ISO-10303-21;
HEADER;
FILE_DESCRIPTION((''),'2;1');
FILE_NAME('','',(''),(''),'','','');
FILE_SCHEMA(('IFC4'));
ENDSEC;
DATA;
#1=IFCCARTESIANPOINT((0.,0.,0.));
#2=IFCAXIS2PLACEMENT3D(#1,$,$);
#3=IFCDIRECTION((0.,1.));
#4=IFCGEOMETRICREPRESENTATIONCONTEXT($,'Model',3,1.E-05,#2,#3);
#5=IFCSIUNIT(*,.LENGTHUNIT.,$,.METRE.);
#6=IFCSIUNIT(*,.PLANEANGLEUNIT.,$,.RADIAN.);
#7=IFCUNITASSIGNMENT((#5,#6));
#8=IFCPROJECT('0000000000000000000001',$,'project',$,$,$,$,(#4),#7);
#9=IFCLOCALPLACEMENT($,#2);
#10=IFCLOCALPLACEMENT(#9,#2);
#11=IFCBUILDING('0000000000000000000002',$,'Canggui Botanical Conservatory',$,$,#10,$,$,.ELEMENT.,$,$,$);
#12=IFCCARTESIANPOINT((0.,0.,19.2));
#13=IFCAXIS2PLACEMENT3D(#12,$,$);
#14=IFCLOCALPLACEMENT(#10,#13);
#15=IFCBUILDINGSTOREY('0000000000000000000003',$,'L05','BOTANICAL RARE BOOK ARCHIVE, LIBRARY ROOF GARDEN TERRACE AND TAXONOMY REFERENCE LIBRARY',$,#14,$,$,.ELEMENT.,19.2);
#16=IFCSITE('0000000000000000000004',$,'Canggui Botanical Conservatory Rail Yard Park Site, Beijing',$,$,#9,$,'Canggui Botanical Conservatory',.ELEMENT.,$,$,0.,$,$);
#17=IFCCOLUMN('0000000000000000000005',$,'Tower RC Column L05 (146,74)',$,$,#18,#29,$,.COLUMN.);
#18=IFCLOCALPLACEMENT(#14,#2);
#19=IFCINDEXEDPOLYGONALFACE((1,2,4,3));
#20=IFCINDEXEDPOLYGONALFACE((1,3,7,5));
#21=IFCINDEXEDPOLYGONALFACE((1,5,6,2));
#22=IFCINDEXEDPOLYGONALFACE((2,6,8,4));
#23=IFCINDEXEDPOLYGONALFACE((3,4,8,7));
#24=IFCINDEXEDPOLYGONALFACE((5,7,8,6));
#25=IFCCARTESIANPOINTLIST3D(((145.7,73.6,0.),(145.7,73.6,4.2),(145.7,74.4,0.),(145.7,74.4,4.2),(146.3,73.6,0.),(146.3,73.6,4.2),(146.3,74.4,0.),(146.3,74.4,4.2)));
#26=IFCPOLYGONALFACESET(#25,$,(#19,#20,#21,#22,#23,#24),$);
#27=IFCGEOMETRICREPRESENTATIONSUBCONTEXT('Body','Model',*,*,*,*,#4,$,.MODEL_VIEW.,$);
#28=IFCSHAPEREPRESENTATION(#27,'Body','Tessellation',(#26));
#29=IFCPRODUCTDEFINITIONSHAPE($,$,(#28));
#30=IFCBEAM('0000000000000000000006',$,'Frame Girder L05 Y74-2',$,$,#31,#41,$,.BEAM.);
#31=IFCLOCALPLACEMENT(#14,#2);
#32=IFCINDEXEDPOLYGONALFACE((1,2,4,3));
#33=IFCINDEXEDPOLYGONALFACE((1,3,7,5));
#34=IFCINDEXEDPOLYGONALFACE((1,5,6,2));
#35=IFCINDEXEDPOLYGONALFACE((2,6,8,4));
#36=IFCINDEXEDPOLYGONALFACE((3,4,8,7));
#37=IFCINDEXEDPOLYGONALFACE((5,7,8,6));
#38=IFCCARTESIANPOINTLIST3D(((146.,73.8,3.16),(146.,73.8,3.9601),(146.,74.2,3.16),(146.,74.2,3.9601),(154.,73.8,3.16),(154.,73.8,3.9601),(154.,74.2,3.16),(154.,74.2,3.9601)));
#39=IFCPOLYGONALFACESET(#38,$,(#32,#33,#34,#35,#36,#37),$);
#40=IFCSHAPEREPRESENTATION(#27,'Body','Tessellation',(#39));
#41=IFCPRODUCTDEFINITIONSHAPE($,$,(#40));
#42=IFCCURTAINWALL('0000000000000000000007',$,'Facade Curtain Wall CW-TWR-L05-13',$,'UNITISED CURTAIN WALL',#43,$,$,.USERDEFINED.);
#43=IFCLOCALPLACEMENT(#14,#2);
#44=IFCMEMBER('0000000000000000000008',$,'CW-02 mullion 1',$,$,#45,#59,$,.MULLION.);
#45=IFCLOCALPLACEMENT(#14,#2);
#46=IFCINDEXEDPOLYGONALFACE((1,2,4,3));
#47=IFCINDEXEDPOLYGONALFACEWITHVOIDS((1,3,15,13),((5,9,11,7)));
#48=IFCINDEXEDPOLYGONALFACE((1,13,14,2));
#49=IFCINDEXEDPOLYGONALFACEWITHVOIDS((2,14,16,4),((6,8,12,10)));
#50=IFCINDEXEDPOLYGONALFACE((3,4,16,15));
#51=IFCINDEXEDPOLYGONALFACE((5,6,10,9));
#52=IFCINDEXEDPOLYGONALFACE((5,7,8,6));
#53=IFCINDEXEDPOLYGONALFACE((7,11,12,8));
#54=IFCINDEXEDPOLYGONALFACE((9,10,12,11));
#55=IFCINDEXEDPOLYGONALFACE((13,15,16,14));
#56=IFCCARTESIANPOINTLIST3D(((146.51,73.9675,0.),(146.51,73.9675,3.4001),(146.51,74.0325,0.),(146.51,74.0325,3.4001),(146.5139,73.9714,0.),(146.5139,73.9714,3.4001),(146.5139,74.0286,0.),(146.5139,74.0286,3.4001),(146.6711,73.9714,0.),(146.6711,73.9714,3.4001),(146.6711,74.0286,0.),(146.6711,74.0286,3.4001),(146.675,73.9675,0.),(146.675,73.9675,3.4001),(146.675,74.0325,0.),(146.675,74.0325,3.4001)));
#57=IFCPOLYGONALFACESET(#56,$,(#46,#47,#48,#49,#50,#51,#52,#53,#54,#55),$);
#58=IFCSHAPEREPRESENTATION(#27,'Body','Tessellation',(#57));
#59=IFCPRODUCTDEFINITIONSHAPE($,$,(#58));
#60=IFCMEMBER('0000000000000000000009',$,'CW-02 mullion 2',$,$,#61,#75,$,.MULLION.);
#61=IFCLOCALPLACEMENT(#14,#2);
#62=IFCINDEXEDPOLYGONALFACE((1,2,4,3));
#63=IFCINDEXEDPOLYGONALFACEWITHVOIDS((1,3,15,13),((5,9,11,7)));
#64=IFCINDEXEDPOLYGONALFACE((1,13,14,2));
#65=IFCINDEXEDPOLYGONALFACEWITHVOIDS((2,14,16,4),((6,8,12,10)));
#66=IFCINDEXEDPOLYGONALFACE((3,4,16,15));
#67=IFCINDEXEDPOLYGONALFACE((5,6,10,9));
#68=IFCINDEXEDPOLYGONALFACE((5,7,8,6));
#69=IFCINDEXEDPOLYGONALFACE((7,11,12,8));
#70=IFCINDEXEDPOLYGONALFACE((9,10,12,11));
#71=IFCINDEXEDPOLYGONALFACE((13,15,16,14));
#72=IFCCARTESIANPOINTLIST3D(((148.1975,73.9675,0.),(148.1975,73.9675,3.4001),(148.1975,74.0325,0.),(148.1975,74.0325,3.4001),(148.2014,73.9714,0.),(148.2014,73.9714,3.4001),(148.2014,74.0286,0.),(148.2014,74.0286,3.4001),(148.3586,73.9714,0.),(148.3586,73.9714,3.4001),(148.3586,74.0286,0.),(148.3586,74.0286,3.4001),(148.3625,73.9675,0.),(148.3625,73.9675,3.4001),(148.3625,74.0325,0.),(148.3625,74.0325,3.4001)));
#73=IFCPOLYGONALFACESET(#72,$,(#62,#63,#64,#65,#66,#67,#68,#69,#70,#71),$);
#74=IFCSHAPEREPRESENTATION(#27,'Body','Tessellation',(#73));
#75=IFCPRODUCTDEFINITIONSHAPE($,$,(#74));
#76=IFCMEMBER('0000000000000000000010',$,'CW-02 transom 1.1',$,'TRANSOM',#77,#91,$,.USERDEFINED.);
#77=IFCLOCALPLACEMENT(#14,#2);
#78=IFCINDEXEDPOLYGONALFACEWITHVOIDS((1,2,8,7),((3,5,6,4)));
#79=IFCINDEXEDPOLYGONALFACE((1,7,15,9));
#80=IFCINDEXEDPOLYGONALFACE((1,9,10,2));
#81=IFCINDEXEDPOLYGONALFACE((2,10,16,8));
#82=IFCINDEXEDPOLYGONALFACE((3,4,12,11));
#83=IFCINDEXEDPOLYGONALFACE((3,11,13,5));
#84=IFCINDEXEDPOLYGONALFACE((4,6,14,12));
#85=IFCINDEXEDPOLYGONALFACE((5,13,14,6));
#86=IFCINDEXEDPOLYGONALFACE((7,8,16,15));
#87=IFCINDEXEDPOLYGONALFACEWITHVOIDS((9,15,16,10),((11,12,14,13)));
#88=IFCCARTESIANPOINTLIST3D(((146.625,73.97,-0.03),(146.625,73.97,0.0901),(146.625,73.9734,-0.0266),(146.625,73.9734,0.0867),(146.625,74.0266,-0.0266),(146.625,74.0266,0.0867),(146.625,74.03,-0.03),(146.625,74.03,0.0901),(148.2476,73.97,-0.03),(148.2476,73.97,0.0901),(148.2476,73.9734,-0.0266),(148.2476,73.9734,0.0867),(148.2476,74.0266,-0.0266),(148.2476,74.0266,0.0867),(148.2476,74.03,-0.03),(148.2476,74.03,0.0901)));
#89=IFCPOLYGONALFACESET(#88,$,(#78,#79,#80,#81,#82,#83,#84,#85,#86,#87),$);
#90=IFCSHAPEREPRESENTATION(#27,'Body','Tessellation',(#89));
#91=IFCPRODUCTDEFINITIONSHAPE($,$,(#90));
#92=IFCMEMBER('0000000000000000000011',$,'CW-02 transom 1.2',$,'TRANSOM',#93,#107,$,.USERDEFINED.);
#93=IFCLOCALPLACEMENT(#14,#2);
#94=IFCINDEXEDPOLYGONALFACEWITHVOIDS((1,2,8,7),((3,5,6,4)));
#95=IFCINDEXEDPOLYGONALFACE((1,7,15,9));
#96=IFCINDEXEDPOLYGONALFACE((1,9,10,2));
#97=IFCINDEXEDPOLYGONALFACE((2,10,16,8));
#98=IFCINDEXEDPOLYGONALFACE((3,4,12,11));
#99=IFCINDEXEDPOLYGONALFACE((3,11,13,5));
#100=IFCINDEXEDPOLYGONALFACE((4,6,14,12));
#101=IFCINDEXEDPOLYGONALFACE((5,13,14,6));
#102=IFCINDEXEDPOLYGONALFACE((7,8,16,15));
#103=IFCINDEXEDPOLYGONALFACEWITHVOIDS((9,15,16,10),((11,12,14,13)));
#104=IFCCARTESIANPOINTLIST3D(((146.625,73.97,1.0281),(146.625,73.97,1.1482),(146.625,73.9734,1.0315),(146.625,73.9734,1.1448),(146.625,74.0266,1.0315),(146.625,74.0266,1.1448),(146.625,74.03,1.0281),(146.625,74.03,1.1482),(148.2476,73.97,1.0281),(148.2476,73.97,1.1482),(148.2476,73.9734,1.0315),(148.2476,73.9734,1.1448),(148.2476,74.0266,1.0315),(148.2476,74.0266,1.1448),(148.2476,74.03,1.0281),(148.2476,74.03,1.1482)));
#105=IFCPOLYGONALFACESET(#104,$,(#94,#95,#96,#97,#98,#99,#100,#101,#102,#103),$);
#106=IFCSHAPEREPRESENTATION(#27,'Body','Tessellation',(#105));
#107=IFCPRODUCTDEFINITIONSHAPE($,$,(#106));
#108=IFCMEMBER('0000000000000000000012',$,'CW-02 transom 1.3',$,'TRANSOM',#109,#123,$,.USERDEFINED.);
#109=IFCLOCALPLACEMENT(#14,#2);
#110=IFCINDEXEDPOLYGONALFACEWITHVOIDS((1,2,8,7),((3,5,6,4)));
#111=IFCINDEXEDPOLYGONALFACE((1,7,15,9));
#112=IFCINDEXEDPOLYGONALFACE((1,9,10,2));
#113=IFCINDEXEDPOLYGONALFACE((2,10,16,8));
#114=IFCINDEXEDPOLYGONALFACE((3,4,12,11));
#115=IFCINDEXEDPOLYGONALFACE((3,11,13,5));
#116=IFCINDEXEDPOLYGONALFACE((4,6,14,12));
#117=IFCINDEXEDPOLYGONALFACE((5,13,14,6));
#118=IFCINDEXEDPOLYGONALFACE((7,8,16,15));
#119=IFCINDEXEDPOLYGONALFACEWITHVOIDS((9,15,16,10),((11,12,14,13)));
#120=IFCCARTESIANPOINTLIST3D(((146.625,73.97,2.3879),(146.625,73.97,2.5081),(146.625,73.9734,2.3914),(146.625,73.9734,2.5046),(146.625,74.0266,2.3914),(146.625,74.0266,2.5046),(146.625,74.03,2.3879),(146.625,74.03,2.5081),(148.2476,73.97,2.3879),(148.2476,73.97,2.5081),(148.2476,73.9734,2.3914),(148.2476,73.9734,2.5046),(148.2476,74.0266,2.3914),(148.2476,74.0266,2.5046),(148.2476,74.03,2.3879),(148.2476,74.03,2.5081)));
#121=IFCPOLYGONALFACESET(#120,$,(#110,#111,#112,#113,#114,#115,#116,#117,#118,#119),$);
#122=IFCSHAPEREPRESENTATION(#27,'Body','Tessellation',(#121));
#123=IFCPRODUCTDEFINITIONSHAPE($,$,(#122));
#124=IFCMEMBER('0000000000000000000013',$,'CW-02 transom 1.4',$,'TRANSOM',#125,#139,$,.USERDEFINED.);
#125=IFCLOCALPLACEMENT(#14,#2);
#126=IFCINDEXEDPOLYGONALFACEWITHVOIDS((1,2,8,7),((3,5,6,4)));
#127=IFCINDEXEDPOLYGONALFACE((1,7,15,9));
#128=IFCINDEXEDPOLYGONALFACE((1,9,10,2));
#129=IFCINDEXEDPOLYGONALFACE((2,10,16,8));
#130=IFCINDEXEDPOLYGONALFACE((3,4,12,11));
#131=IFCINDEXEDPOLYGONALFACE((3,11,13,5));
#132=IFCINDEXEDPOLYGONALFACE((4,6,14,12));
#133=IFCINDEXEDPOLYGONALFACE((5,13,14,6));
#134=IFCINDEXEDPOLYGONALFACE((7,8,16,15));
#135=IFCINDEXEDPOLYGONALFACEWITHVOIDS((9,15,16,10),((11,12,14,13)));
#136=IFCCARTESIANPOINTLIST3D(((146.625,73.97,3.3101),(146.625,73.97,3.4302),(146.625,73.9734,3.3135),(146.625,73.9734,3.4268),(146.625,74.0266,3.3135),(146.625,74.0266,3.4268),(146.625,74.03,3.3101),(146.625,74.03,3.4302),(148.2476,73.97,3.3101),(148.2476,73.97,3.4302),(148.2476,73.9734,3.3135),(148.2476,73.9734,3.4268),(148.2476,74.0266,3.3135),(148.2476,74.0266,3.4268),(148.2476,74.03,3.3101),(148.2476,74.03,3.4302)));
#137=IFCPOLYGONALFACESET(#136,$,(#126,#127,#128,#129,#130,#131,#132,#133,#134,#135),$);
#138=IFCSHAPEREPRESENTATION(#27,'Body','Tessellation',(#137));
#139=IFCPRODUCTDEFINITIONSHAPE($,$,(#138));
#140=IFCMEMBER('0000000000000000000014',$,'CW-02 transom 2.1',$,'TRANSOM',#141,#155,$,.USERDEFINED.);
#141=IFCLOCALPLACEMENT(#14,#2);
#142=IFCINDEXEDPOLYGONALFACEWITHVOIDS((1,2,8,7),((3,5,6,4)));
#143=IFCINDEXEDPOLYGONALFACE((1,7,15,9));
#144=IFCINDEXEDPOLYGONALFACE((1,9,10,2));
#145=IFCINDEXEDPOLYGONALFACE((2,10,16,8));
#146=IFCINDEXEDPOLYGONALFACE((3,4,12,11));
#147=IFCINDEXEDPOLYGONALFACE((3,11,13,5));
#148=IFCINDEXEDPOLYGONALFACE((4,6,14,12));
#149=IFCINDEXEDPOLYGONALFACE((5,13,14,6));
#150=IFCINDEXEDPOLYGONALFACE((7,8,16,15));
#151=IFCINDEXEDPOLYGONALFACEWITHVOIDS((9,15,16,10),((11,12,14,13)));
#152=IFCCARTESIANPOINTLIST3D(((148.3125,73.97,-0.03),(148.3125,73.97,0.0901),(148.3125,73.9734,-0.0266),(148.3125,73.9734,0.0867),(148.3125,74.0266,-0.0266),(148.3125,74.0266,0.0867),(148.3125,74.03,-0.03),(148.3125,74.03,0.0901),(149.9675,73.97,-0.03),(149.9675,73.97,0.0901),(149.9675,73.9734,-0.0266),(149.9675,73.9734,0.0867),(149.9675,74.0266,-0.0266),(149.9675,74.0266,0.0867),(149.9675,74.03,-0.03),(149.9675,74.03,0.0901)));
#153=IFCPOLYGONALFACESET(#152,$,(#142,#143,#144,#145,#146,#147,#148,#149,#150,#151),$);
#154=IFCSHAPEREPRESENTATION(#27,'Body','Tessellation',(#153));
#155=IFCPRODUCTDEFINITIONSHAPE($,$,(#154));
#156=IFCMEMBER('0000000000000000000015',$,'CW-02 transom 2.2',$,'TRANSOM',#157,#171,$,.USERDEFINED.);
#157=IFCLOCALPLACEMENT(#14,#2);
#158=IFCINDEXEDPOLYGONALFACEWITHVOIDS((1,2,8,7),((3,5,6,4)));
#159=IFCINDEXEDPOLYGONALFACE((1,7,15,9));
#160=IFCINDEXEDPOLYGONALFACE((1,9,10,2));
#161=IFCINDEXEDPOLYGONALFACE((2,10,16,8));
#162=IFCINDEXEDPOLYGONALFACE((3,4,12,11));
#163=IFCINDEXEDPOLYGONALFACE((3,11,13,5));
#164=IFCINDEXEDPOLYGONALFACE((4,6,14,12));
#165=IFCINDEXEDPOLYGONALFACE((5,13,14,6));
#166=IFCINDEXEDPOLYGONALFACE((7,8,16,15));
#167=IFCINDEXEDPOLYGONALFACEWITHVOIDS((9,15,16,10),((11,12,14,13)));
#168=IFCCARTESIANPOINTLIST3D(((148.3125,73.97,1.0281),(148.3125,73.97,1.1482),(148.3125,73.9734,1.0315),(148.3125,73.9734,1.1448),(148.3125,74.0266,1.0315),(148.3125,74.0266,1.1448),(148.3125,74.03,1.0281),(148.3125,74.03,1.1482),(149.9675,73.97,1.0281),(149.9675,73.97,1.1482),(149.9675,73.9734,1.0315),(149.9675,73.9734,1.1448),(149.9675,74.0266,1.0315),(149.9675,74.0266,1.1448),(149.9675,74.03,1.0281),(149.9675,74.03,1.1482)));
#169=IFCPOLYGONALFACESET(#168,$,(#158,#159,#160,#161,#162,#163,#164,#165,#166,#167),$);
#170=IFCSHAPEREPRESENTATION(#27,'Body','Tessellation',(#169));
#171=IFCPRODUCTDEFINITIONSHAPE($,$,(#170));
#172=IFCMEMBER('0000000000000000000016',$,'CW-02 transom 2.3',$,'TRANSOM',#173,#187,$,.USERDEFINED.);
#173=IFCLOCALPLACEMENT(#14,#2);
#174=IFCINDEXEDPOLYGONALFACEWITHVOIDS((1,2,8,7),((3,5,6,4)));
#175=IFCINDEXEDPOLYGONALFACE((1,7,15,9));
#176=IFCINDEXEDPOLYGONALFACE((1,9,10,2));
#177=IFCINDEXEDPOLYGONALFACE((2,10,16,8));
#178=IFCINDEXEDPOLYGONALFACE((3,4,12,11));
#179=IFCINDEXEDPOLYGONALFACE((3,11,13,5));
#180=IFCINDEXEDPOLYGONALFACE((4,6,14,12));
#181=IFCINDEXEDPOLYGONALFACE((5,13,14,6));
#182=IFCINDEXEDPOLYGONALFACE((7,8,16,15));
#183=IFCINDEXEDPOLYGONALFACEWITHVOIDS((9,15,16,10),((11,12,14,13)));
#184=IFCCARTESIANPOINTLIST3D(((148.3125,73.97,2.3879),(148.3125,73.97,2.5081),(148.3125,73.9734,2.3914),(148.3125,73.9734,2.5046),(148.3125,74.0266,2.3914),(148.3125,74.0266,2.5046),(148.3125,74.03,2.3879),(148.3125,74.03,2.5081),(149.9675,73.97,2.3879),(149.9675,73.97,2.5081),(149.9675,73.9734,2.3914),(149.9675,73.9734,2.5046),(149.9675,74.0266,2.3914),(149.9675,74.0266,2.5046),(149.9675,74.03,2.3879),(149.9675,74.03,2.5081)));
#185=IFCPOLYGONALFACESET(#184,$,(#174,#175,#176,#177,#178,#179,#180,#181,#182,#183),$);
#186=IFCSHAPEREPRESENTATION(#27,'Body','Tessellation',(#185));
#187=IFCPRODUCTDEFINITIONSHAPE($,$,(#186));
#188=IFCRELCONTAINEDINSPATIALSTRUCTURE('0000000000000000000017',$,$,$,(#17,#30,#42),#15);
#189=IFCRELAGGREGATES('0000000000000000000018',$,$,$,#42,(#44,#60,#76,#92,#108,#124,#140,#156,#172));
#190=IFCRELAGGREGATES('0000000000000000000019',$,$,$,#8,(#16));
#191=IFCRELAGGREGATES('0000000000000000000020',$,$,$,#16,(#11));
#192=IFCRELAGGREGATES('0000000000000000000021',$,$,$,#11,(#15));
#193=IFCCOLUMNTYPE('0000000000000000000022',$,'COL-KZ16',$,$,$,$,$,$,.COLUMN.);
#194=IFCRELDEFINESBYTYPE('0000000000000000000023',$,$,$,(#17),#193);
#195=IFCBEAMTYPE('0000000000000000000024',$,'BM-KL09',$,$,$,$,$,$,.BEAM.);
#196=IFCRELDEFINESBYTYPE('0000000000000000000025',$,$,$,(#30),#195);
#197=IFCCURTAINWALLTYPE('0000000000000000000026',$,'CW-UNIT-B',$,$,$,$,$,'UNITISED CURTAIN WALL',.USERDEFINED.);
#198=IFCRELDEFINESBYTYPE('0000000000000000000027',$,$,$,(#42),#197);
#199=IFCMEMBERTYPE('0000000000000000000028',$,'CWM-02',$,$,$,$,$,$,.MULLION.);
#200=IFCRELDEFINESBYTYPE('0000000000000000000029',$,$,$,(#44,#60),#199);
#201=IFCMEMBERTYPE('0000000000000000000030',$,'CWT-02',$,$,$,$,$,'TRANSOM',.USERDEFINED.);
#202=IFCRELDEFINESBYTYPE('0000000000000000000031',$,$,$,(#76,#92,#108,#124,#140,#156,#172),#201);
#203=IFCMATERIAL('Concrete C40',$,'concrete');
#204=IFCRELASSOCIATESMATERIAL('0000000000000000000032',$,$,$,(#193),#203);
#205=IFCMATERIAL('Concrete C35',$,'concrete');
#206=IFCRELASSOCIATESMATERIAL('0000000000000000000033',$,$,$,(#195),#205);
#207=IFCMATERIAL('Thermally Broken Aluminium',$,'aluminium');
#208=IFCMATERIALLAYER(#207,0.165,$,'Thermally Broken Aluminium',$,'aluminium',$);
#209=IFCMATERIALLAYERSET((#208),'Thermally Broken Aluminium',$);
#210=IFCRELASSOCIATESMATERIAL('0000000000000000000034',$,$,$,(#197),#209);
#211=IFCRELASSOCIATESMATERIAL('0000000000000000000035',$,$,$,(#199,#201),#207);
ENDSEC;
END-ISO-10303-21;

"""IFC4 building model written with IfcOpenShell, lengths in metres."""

from ifc_helpers import new_model, si_unit, direction, frame, origin, origin_2d, place, context, subcontext, project, spatial, rectangle, hollow_rectangle, extrude, material, layer, layer_set, material_profile, profile_set, type_object, element, aggregate, save


model = new_model("IFC4")

# Units and contexts
model_context = context("Model", 3, precision=1e-05, world=origin(), true_north=direction((0.0, 1.0)))
body_context = subcontext(model_context, "Body", "Model", "MODEL_VIEW")
ifc_project = project(units=[si_unit("LENGTHUNIT", "METRE"), si_unit("PLANEANGLEUNIT", "RADIAN")], contexts=[model_context])

# Site, building, storey
site_placement = place(None, origin())
site = spatial("IfcSite", under=ifc_project, at=site_placement, Name="Canggui Botanical Conservatory Rail Yard Park Site, Beijing", LongName="Canggui Botanical Conservatory", CompositionType="ELEMENT", RefElevation=0.0)
building_placement = place(site_placement, origin())
building = spatial("IfcBuilding", under=site, at=building_placement, Name="Canggui Botanical Conservatory", CompositionType="ELEMENT")
storey_placement = place(building_placement, frame((0.0, 0.0, 19.2)))
storey = spatial("IfcBuildingStorey", under=building, at=storey_placement, Name="L05", Description="BOTANICAL RARE BOOK ARCHIVE, LIBRARY ROOF GARDEN TERRACE AND TAXONOMY REFERENCE LIBRARY", CompositionType="ELEMENT", Elevation=19.2)

# Column
ifc_material_1 = material(Name="Concrete C40", Category="concrete")
ifc_material_profile_1 = material_profile(ifc_material_1, rectangle(XDim=0.6001, YDim=0.8, at=origin_2d()), Name="RC 600x800")
ifc_profile_set_1 = profile_set([ifc_material_profile_1], Name="Concrete C40")
column_type = type_object("IfcColumnType", Name="COL-KZ16", PredefinedType="COLUMN", material=ifc_profile_set_1)
column_placement = place(storey_placement, frame((146.0, 74.0, 0.0), z_axis=(0.0, 0.0, 1.0), x_axis=(1.0, 0.0, 0.0)))
element("IfcColumn", 1, at=column_placement, inside=storey, type_object=column_type, Name="Tower RC Column L05 (146,74)", PredefinedType="COLUMN", context=body_context, shape_type="SweptSolid", body=[
    extrude(rectangle(XDim=0.6001, YDim=0.8, at=origin_2d()), origin(), (0.0, 0.0, 1.0), 4.2),
])

# Beam
ifc_material_2 = material(Name="Concrete C35", Category="concrete")
ifc_material_profile_2 = material_profile(ifc_material_2, rectangle(XDim=0.3999, YDim=0.8, at=origin_2d()), Name="RB 400x800")
ifc_profile_set_2 = profile_set([ifc_material_profile_2], Name="Concrete C35")
beam_type = type_object("IfcBeamType", Name="BM-KL09", PredefinedType="BEAM", material=ifc_profile_set_2)
beam_placement = place(storey_placement, frame((146.0, 74.0, 3.5601), z_axis=(1.0, 0.0, 0.0), x_axis=(0.0, 1.0, 0.0)))
element("IfcBeam", 2, at=beam_placement, inside=storey, type_object=beam_type, Name="Frame Girder L05 Y74-2", PredefinedType="BEAM", context=body_context, shape_type="SweptSolid", body=[
    extrude(rectangle(XDim=0.3999, YDim=0.8, at=origin_2d()), origin(), (0.0, 0.0, 1.0), 8.0),
])

# Curtain wall, members
ifc_material_3 = material(Name="Thermally Broken Aluminium", Category="aluminium")
ifc_layer_1 = layer(ifc_material_3, 0.165, Name="Thermally Broken Aluminium", Category="aluminium")
ifc_layer_set_1 = layer_set([ifc_layer_1], Name="Thermally Broken Aluminium")
curtain_wall_type = type_object("IfcCurtainWallType", Name="CW-UNIT-B", ElementType="UNITISED CURTAIN WALL", PredefinedType="USERDEFINED", material=ifc_layer_set_1)
curtain_wall_placement = place(storey_placement, origin())
curtain_wall = element("IfcCurtainWall", 3, at=curtain_wall_placement, inside=storey, type_object=curtain_wall_type, Name="Facade Curtain Wall CW-TWR-L05-13", ObjectType="UNITISED CURTAIN WALL", PredefinedType="USERDEFINED")
ifc_material_profile_3 = material_profile(ifc_material_3, hollow_rectangle(XDim=0.0649, YDim=0.165, WallThickness=0.0039, at=origin_2d()), Name="CWM 65x165x4")
ifc_profile_set_3 = profile_set([ifc_material_profile_3], Name="Thermally Broken Aluminium")
member_type_1 = type_object("IfcMemberType", Name="CWM-02", PredefinedType="MULLION", material=ifc_profile_set_3)
member_1_placement = place(storey_placement, frame((146.5925, 74.0, 0.0), z_axis=(0.0, 0.0, 1.0), x_axis=(0.0, 1.0, 0.0)))
member_1 = element("IfcMember", 4, at=member_1_placement, type_object=member_type_1, Name="CW-02 mullion 1", PredefinedType="MULLION", context=body_context, shape_type="SweptSolid", body=[
    extrude(hollow_rectangle(XDim=0.0649, YDim=0.165, WallThickness=0.0039, at=origin_2d()), origin(), (0.0, 0.0, 1.0), 3.4001),
])
member_2_placement = place(storey_placement, frame((148.28, 74.0, 0.0), z_axis=(0.0, 0.0, 1.0), x_axis=(0.0, 1.0, 0.0)))
member_2 = element("IfcMember", 5, at=member_2_placement, type_object=member_type_1, Name="CW-02 mullion 2", PredefinedType="MULLION", context=body_context, shape_type="SweptSolid", body=[
    extrude(hollow_rectangle(XDim=0.0649, YDim=0.165, WallThickness=0.0039, at=origin_2d()), origin(), (0.0, 0.0, 1.0), 3.4001),
])
ifc_material_profile_4 = material_profile(ifc_material_3, hollow_rectangle(XDim=0.0601, YDim=0.1201, WallThickness=0.0034, at=origin_2d()), Name="CWT 60x120x3.5")
ifc_profile_set_4 = profile_set([ifc_material_profile_4], Name="Thermally Broken Aluminium")
member_type_2 = type_object("IfcMemberType", Name="CWT-02", ElementType="TRANSOM", PredefinedType="USERDEFINED", material=ifc_profile_set_4)
member_3_placement = place(storey_placement, frame((146.625, 74.0, 0.03), z_axis=(1.0, 0.0, 0.0), x_axis=(0.0, 1.0, 0.0)))
member_3 = element("IfcMember", 6, at=member_3_placement, type_object=member_type_2, Name="CW-02 transom 1.1", ObjectType="TRANSOM", PredefinedType="USERDEFINED", context=body_context, shape_type="SweptSolid", body=[
    extrude(hollow_rectangle(XDim=0.0601, YDim=0.1201, WallThickness=0.0034, at=origin_2d()), origin(), (0.0, 0.0, 1.0), 1.6226),
])
member_4_placement = place(storey_placement, frame((146.625, 74.0, 1.0881), z_axis=(1.0, 0.0, 0.0), x_axis=(0.0, 1.0, 0.0)))
member_4 = element("IfcMember", 7, at=member_4_placement, type_object=member_type_2, Name="CW-02 transom 1.2", ObjectType="TRANSOM", PredefinedType="USERDEFINED", context=body_context, shape_type="SweptSolid", body=[
    extrude(hollow_rectangle(XDim=0.0601, YDim=0.1201, WallThickness=0.0034, at=origin_2d()), origin(), (0.0, 0.0, 1.0), 1.6226),
])
member_5_placement = place(storey_placement, frame((146.625, 74.0, 2.448), z_axis=(1.0, 0.0, 0.0), x_axis=(0.0, 1.0, 0.0)))
member_5 = element("IfcMember", 8, at=member_5_placement, type_object=member_type_2, Name="CW-02 transom 1.3", ObjectType="TRANSOM", PredefinedType="USERDEFINED", context=body_context, shape_type="SweptSolid", body=[
    extrude(hollow_rectangle(XDim=0.0601, YDim=0.1201, WallThickness=0.0034, at=origin_2d()), origin(), (0.0, 0.0, 1.0), 1.6226),
])
member_6_placement = place(storey_placement, frame((146.625, 74.0, 3.3701), z_axis=(1.0, 0.0, 0.0), x_axis=(0.0, 1.0, 0.0)))
member_6 = element("IfcMember", 9, at=member_6_placement, type_object=member_type_2, Name="CW-02 transom 1.4", ObjectType="TRANSOM", PredefinedType="USERDEFINED", context=body_context, shape_type="SweptSolid", body=[
    extrude(hollow_rectangle(XDim=0.0601, YDim=0.1201, WallThickness=0.0034, at=origin_2d()), origin(), (0.0, 0.0, 1.0), 1.6226),
])
member_7_placement = place(storey_placement, frame((148.3125, 74.0, 0.03), z_axis=(1.0, 0.0, 0.0), x_axis=(0.0, 1.0, 0.0)))
member_7 = element("IfcMember", 10, at=member_7_placement, type_object=member_type_2, Name="CW-02 transom 2.1", ObjectType="TRANSOM", PredefinedType="USERDEFINED", context=body_context, shape_type="SweptSolid", body=[
    extrude(hollow_rectangle(XDim=0.0601, YDim=0.1201, WallThickness=0.0034, at=origin_2d()), origin(), (0.0, 0.0, 1.0), 1.655),
])
member_8_placement = place(storey_placement, frame((148.3125, 74.0, 1.0881), z_axis=(1.0, 0.0, 0.0), x_axis=(0.0, 1.0, 0.0)))
member_8 = element("IfcMember", 11, at=member_8_placement, type_object=member_type_2, Name="CW-02 transom 2.2", ObjectType="TRANSOM", PredefinedType="USERDEFINED", context=body_context, shape_type="SweptSolid", body=[
    extrude(hollow_rectangle(XDim=0.0601, YDim=0.1201, WallThickness=0.0034, at=origin_2d()), origin(), (0.0, 0.0, 1.0), 1.655),
])
member_9_placement = place(storey_placement, frame((148.3125, 74.0, 2.448), z_axis=(1.0, 0.0, 0.0), x_axis=(0.0, 1.0, 0.0)))
member_9 = element("IfcMember", 12, at=member_9_placement, type_object=member_type_2, Name="CW-02 transom 2.3", ObjectType="TRANSOM", PredefinedType="USERDEFINED", context=body_context, shape_type="SweptSolid", body=[
    extrude(hollow_rectangle(XDim=0.0601, YDim=0.1201, WallThickness=0.0034, at=origin_2d()), origin(), (0.0, 0.0, 1.0), 1.655),
])
aggregate(curtain_wall, [member_1, member_2, member_3, member_4, member_5, member_6, member_7, member_8, member_9])

save(model, "model.ifc")
